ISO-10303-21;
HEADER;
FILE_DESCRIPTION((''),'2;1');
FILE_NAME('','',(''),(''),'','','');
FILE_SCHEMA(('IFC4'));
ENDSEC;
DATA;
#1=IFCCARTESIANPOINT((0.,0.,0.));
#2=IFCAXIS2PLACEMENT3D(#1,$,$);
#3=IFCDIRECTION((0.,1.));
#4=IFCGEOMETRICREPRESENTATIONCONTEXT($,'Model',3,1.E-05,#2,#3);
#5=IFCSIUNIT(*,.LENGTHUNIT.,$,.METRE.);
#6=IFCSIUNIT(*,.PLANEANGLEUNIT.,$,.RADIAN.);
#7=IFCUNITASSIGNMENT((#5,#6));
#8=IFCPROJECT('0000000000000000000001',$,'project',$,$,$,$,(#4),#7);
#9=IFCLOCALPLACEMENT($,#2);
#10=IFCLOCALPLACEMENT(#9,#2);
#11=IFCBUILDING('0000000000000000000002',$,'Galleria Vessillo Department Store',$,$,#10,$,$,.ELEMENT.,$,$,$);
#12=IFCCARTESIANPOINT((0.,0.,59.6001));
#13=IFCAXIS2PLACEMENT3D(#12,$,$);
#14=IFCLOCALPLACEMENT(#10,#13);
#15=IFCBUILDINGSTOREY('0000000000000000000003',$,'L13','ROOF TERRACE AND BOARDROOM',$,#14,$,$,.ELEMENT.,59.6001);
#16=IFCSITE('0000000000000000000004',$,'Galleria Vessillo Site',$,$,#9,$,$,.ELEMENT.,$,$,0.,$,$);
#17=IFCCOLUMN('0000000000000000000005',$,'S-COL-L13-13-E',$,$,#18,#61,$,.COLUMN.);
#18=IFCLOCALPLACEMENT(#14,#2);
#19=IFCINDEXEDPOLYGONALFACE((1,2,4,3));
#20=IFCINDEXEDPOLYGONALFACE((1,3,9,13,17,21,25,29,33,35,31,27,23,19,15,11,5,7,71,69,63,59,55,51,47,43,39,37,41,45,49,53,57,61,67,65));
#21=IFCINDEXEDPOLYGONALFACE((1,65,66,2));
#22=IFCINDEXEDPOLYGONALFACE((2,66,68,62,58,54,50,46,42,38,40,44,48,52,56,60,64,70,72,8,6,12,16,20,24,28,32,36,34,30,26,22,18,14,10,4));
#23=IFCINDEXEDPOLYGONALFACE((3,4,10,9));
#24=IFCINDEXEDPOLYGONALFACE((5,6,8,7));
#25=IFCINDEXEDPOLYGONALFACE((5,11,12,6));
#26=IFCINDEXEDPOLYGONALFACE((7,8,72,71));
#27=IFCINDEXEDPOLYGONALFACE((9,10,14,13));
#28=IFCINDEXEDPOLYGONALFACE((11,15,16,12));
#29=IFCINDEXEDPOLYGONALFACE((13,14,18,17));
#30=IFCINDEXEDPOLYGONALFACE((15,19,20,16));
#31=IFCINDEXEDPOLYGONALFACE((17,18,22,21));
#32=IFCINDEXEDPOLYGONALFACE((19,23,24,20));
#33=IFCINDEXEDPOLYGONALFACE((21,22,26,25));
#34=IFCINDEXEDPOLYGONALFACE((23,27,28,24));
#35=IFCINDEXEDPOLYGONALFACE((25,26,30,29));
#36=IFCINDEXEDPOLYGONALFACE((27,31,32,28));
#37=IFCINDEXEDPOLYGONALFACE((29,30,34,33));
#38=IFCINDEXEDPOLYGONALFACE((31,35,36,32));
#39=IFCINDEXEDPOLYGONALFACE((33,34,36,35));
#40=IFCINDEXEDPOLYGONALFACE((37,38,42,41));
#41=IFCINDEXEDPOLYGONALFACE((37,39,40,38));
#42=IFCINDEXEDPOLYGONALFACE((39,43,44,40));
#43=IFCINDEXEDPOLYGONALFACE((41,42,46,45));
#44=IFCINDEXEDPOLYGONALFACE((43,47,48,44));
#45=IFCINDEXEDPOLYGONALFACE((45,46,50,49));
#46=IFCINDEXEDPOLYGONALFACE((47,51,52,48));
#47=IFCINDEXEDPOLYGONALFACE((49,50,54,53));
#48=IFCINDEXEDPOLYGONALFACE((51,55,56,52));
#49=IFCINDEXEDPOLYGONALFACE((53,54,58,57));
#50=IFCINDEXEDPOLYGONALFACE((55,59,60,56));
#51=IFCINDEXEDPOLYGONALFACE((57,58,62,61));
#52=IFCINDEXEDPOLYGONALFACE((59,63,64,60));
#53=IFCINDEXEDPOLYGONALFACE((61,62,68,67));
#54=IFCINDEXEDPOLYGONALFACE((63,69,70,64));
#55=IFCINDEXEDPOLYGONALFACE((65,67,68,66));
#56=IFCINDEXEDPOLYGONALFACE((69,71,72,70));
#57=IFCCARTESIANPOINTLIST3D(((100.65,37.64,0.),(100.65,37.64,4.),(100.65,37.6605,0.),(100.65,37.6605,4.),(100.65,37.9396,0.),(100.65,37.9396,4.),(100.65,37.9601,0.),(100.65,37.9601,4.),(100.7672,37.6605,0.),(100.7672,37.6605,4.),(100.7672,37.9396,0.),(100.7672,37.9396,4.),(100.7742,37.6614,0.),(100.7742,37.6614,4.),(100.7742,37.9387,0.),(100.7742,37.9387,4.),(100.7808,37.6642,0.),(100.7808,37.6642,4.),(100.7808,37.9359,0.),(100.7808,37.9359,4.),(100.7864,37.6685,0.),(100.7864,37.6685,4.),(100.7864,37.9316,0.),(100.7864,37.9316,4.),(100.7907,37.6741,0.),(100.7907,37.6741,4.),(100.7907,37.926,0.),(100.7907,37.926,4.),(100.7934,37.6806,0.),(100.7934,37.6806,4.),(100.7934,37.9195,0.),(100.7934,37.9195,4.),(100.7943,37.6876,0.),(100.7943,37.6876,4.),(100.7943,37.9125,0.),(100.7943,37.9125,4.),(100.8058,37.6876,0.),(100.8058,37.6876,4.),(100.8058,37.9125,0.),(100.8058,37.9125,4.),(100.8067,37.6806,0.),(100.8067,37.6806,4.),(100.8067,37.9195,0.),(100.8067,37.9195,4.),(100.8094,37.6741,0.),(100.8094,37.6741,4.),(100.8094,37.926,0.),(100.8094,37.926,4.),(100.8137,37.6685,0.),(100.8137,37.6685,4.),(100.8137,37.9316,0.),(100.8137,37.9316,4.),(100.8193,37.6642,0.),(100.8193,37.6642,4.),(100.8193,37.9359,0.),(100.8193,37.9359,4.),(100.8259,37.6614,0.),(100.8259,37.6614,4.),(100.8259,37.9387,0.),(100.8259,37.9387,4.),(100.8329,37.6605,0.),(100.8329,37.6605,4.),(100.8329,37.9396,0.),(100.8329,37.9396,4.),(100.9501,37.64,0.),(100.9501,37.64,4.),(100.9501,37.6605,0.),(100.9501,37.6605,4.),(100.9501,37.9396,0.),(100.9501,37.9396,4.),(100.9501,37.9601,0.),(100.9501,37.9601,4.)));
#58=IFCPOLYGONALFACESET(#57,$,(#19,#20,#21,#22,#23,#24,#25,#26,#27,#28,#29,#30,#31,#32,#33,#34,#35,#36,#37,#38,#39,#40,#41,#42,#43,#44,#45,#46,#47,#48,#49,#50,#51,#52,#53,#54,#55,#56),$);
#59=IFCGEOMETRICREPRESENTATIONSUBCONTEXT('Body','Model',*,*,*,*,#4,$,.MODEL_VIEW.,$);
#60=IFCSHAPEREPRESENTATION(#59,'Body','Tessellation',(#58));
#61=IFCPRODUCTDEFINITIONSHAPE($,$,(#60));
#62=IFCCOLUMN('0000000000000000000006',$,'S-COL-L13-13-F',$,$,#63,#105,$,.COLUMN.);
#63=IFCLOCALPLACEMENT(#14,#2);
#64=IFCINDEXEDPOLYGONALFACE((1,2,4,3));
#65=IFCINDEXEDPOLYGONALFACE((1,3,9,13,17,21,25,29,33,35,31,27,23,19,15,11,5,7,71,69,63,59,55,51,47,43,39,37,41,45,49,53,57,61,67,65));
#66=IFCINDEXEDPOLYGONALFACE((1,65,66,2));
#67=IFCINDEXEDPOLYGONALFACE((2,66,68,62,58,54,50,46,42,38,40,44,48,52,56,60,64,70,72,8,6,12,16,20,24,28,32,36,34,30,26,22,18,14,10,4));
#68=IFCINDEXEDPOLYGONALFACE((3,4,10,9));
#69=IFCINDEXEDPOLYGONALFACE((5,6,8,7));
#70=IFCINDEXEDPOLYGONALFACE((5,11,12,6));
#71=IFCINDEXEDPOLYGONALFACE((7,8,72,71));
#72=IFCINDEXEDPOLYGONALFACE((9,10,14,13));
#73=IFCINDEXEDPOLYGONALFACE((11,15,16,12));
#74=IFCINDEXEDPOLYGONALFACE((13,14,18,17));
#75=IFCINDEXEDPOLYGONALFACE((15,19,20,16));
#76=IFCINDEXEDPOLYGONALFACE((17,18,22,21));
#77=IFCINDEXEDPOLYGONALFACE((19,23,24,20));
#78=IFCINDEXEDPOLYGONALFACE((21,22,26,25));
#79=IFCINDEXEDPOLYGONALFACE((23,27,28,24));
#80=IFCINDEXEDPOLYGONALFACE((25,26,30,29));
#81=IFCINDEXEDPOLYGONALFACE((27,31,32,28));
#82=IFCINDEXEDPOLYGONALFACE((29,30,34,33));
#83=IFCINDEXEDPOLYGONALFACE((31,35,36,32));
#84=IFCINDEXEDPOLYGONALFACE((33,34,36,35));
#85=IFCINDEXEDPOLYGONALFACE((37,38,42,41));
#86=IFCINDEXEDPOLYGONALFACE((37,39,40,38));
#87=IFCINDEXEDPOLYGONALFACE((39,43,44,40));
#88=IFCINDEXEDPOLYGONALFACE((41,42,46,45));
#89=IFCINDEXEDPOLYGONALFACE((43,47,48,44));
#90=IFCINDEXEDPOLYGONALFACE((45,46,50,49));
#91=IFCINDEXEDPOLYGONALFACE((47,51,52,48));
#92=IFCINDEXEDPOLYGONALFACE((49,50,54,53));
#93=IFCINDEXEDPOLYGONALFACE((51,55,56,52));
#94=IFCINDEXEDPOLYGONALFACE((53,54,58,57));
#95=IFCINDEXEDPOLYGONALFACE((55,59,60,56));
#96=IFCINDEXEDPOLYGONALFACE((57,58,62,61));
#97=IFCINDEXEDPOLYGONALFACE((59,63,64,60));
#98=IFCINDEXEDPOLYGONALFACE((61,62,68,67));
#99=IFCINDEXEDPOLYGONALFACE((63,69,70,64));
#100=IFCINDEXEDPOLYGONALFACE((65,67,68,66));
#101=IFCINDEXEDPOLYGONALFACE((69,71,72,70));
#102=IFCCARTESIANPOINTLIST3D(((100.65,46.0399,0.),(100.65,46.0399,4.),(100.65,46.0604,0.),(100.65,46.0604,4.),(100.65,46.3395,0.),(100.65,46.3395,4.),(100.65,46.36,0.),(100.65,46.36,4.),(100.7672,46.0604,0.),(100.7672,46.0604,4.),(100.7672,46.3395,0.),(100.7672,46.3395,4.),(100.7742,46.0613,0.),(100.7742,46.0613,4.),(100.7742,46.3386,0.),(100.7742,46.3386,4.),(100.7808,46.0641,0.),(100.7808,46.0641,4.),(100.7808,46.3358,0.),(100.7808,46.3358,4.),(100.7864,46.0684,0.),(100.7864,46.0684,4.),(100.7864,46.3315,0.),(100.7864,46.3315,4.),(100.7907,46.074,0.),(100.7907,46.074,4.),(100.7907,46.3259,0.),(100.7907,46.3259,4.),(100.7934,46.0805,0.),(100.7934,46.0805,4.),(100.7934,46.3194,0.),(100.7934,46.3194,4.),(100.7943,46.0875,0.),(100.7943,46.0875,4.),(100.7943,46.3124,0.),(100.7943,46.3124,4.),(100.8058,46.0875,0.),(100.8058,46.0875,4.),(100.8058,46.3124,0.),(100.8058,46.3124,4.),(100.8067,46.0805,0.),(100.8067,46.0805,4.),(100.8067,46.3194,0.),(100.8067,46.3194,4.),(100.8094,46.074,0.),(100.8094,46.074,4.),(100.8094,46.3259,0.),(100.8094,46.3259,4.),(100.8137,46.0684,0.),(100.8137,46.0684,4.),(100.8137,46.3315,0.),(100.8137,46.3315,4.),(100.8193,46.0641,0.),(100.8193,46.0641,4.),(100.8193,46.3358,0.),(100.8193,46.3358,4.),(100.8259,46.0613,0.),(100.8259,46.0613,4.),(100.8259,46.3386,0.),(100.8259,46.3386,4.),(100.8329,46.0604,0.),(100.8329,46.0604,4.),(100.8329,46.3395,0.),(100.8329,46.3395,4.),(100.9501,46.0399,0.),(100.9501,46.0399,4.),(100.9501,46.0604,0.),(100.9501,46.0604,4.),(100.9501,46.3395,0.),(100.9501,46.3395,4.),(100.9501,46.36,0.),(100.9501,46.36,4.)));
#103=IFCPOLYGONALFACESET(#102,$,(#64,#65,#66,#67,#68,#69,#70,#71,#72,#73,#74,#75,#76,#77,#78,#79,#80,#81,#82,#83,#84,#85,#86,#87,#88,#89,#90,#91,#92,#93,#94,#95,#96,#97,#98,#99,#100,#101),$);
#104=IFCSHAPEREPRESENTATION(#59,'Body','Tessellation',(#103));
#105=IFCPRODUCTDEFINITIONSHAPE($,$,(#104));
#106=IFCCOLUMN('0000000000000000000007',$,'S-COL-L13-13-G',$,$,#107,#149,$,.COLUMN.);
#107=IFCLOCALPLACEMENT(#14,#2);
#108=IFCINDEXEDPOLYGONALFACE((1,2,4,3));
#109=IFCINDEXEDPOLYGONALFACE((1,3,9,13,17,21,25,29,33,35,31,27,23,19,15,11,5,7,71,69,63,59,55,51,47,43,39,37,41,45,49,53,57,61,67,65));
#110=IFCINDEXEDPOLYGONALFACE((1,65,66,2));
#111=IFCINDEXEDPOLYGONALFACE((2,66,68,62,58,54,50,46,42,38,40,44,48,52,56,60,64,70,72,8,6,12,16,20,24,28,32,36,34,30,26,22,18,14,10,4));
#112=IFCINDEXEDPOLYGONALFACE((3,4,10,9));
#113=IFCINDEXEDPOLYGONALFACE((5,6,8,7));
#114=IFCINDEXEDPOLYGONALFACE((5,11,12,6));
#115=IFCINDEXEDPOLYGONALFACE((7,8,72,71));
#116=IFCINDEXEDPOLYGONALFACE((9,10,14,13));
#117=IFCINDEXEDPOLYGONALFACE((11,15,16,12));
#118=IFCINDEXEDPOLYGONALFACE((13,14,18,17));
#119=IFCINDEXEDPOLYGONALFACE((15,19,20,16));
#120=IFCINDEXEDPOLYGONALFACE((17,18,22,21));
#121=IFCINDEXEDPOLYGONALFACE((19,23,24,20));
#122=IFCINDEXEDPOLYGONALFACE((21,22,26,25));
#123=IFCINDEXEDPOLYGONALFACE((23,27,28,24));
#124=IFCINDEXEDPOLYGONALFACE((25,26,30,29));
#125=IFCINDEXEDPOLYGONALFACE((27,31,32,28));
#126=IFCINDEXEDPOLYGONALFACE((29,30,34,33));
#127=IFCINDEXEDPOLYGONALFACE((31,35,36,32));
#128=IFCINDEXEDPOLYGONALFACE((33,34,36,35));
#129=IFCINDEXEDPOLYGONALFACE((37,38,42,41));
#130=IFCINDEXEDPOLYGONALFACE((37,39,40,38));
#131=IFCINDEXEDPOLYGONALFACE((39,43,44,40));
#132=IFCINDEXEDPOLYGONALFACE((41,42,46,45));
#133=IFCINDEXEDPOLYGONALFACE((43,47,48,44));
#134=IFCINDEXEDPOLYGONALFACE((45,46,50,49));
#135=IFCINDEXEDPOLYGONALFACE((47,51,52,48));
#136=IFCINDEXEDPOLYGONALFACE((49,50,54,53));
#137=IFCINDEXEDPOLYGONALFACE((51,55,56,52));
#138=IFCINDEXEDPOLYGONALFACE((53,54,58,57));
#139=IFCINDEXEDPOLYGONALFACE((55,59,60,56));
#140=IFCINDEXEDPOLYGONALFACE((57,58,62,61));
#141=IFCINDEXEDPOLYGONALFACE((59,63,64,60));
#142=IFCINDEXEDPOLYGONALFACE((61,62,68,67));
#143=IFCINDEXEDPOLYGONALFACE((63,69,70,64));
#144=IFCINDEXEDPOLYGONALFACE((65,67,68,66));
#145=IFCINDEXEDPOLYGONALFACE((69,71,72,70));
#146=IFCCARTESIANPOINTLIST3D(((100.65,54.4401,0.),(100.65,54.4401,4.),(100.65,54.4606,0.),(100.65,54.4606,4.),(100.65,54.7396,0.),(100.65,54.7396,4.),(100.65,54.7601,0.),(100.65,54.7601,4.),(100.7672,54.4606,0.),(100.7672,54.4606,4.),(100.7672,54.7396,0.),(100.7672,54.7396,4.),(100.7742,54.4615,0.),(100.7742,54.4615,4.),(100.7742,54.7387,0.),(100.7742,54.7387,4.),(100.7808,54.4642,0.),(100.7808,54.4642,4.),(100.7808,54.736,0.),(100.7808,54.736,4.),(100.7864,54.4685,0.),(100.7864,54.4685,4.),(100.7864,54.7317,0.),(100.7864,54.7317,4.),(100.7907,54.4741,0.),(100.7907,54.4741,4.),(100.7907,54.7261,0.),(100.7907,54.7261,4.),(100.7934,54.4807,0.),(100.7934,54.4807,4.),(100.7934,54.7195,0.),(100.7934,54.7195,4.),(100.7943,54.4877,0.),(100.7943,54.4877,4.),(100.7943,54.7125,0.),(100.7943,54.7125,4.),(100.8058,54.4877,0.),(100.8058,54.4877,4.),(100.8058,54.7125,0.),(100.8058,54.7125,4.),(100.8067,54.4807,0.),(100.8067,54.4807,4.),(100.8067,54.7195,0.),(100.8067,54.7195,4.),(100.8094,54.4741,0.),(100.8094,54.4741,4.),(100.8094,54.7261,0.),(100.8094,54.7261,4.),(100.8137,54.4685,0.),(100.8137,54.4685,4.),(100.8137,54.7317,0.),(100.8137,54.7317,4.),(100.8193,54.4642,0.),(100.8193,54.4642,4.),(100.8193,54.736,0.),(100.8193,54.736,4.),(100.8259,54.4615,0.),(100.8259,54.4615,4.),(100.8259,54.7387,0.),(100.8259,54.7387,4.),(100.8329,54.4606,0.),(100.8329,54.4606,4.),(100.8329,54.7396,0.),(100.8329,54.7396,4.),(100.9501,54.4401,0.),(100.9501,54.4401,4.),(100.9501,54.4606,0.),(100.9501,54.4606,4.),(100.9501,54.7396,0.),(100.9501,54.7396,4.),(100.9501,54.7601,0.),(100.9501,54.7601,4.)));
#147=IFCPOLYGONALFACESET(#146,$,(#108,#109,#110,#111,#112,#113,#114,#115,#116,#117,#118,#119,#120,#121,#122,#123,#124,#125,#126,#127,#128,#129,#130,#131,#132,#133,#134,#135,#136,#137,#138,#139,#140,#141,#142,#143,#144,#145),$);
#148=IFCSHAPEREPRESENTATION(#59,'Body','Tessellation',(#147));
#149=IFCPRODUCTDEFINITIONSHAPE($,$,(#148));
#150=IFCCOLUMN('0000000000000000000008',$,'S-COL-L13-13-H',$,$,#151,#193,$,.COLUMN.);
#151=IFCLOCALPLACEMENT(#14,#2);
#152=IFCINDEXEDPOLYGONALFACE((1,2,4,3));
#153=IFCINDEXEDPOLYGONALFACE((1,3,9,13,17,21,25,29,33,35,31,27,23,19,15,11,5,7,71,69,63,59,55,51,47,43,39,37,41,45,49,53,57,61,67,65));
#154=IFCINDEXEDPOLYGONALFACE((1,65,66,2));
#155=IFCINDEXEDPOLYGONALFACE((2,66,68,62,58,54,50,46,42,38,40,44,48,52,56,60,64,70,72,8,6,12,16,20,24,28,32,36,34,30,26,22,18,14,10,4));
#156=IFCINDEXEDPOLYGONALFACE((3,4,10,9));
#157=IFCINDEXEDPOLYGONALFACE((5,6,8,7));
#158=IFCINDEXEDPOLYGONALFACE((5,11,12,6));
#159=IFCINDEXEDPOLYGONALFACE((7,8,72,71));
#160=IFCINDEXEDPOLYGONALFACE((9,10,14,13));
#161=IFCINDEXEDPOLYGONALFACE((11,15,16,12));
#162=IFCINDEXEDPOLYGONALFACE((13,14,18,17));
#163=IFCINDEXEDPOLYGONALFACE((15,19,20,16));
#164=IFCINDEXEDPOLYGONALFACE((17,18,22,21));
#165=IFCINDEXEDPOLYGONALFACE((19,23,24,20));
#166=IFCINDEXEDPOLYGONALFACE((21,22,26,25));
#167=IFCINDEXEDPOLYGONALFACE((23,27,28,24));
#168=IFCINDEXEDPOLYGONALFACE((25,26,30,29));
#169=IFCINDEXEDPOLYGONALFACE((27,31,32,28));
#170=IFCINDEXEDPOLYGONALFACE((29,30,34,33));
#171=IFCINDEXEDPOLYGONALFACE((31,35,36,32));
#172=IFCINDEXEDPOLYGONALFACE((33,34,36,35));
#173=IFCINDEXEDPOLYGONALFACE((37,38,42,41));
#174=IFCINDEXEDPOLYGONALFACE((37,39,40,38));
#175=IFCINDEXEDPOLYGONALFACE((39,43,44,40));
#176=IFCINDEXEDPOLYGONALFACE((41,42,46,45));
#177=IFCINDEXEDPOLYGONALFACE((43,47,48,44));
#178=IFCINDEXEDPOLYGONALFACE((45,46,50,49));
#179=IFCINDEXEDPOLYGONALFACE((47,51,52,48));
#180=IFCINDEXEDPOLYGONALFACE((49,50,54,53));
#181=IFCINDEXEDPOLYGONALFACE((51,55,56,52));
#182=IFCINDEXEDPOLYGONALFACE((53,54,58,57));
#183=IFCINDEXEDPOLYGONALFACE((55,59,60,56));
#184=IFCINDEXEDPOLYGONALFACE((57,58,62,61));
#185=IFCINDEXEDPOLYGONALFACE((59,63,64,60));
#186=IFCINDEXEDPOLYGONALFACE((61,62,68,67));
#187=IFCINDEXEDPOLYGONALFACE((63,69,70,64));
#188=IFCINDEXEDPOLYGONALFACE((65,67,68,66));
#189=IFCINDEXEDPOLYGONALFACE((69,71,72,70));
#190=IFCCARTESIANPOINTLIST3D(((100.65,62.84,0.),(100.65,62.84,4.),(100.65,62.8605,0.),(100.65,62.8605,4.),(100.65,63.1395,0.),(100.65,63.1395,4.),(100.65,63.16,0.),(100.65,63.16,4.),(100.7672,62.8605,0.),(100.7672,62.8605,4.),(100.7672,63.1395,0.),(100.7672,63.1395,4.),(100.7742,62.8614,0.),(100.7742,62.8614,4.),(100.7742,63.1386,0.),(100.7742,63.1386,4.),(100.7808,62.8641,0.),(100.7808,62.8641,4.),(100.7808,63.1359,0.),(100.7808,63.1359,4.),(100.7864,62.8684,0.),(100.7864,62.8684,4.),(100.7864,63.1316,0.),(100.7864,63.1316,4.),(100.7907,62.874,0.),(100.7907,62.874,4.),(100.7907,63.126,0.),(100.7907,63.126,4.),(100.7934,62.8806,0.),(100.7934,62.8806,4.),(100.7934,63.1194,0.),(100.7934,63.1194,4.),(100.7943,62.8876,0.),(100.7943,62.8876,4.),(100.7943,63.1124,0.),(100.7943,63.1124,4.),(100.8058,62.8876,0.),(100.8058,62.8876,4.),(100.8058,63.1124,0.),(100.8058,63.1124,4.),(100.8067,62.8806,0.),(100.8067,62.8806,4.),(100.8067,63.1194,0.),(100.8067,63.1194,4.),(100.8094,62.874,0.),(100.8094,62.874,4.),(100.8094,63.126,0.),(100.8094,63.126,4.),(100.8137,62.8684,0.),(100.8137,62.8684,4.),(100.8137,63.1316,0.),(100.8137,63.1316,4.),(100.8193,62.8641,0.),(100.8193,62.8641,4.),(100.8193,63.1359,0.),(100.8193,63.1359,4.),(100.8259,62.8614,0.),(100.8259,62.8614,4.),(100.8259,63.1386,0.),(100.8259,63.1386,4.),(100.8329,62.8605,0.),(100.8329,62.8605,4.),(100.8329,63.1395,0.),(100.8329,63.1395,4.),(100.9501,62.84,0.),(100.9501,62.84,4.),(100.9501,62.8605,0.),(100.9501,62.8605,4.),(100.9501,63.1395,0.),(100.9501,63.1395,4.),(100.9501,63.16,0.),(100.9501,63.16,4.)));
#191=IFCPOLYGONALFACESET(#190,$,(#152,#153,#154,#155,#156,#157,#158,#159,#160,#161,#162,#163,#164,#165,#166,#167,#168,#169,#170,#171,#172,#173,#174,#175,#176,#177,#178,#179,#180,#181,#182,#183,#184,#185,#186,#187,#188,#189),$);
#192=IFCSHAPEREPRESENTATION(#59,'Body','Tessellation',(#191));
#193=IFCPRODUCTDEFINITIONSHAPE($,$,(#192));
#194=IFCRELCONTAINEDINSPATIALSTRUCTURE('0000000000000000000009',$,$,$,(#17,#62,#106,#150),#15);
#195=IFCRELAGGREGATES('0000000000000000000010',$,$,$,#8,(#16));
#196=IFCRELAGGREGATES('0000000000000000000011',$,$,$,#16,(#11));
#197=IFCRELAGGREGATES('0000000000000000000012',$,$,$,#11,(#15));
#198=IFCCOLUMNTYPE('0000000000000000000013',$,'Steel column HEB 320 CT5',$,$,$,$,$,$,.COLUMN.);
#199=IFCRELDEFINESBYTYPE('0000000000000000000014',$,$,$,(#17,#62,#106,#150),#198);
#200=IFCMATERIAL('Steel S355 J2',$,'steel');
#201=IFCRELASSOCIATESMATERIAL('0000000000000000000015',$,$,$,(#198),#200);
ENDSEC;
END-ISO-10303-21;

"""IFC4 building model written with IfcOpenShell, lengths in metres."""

from ifc_helpers import new_model, si_unit, direction, frame, origin, origin_2d, place, context, subcontext, project, spatial, i_section, extrude, material, material_profile, profile_set, type_object, element, save


model = new_model("IFC4")

# Units and contexts
model_context = context("Model", 3, precision=1e-05, world=origin(), true_north=direction((0.0, 1.0)))
body_context = subcontext(model_context, "Body", "Model", "MODEL_VIEW")
ifc_project = project(units=[si_unit("LENGTHUNIT", "METRE"), si_unit("PLANEANGLEUNIT", "RADIAN")], contexts=[model_context])

# Site, building, storey
site_placement = place(None, origin())
site = spatial("IfcSite", under=ifc_project, at=site_placement, Name="Galleria Vessillo Site", CompositionType="ELEMENT", RefElevation=0.0)
building_placement = place(site_placement, origin())
building = spatial("IfcBuilding", under=site, at=building_placement, Name="Galleria Vessillo Department Store", CompositionType="ELEMENT")
storey_placement = place(building_placement, frame((0.0, 0.0, 59.6001)))
storey = spatial("IfcBuildingStorey", under=building, at=storey_placement, Name="L13", Description="ROOF TERRACE AND BOARDROOM", CompositionType="ELEMENT", Elevation=59.6001)

# Columns
ifc_material_1 = material(Name="Steel S355 J2", Category="steel")
ifc_material_profile_1 = material_profile(ifc_material_1, i_section(OverallWidth=0.3, OverallDepth=0.3201, WebThickness=0.0115, FlangeThickness=0.0205, FilletRadius=0.0271, at=origin_2d()), Name="HEB 320")
ifc_profile_set_1 = profile_set([ifc_material_profile_1], Name="Steel S355 J2")
column_type = type_object("IfcColumnType", Name="Steel column HEB 320 CT5", PredefinedType="COLUMN", material=ifc_profile_set_1)
for number, where, z_axis, x_axis, name in (
    (1, (100.8, 37.8, 0.0), (0.0, 0.0, 1.0), (1.0, 0.0, 0.0), "S-COL-L13-13-E"),
    (2, (100.8, 46.2, 0.0), (0.0, 0.0, 1.0), (1.0, 0.0, 0.0), "S-COL-L13-13-F"),
    (3, (100.8, 54.6001, 0.0), (0.0, 0.0, 1.0), (1.0, 0.0, 0.0), "S-COL-L13-13-G"),
    (4, (100.8, 63.0, 0.0), (0.0, 0.0, 1.0), (1.0, 0.0, 0.0), "S-COL-L13-13-H"),
):
    element("IfcColumn", number, at=place(storey_placement, frame(where, z_axis=z_axis, x_axis=x_axis)), inside=storey, type_object=column_type, Name=name, PredefinedType="COLUMN", context=body_context, shape_type="SweptSolid", body=[
        extrude(i_section(OverallWidth=0.3, OverallDepth=0.3201, WebThickness=0.0115, FlangeThickness=0.0205, FilletRadius=0.0271, at=origin_2d()), origin(), (0.0, 0.0, 1.0), 4.0),
    ])

save(model, "model.ifc")
